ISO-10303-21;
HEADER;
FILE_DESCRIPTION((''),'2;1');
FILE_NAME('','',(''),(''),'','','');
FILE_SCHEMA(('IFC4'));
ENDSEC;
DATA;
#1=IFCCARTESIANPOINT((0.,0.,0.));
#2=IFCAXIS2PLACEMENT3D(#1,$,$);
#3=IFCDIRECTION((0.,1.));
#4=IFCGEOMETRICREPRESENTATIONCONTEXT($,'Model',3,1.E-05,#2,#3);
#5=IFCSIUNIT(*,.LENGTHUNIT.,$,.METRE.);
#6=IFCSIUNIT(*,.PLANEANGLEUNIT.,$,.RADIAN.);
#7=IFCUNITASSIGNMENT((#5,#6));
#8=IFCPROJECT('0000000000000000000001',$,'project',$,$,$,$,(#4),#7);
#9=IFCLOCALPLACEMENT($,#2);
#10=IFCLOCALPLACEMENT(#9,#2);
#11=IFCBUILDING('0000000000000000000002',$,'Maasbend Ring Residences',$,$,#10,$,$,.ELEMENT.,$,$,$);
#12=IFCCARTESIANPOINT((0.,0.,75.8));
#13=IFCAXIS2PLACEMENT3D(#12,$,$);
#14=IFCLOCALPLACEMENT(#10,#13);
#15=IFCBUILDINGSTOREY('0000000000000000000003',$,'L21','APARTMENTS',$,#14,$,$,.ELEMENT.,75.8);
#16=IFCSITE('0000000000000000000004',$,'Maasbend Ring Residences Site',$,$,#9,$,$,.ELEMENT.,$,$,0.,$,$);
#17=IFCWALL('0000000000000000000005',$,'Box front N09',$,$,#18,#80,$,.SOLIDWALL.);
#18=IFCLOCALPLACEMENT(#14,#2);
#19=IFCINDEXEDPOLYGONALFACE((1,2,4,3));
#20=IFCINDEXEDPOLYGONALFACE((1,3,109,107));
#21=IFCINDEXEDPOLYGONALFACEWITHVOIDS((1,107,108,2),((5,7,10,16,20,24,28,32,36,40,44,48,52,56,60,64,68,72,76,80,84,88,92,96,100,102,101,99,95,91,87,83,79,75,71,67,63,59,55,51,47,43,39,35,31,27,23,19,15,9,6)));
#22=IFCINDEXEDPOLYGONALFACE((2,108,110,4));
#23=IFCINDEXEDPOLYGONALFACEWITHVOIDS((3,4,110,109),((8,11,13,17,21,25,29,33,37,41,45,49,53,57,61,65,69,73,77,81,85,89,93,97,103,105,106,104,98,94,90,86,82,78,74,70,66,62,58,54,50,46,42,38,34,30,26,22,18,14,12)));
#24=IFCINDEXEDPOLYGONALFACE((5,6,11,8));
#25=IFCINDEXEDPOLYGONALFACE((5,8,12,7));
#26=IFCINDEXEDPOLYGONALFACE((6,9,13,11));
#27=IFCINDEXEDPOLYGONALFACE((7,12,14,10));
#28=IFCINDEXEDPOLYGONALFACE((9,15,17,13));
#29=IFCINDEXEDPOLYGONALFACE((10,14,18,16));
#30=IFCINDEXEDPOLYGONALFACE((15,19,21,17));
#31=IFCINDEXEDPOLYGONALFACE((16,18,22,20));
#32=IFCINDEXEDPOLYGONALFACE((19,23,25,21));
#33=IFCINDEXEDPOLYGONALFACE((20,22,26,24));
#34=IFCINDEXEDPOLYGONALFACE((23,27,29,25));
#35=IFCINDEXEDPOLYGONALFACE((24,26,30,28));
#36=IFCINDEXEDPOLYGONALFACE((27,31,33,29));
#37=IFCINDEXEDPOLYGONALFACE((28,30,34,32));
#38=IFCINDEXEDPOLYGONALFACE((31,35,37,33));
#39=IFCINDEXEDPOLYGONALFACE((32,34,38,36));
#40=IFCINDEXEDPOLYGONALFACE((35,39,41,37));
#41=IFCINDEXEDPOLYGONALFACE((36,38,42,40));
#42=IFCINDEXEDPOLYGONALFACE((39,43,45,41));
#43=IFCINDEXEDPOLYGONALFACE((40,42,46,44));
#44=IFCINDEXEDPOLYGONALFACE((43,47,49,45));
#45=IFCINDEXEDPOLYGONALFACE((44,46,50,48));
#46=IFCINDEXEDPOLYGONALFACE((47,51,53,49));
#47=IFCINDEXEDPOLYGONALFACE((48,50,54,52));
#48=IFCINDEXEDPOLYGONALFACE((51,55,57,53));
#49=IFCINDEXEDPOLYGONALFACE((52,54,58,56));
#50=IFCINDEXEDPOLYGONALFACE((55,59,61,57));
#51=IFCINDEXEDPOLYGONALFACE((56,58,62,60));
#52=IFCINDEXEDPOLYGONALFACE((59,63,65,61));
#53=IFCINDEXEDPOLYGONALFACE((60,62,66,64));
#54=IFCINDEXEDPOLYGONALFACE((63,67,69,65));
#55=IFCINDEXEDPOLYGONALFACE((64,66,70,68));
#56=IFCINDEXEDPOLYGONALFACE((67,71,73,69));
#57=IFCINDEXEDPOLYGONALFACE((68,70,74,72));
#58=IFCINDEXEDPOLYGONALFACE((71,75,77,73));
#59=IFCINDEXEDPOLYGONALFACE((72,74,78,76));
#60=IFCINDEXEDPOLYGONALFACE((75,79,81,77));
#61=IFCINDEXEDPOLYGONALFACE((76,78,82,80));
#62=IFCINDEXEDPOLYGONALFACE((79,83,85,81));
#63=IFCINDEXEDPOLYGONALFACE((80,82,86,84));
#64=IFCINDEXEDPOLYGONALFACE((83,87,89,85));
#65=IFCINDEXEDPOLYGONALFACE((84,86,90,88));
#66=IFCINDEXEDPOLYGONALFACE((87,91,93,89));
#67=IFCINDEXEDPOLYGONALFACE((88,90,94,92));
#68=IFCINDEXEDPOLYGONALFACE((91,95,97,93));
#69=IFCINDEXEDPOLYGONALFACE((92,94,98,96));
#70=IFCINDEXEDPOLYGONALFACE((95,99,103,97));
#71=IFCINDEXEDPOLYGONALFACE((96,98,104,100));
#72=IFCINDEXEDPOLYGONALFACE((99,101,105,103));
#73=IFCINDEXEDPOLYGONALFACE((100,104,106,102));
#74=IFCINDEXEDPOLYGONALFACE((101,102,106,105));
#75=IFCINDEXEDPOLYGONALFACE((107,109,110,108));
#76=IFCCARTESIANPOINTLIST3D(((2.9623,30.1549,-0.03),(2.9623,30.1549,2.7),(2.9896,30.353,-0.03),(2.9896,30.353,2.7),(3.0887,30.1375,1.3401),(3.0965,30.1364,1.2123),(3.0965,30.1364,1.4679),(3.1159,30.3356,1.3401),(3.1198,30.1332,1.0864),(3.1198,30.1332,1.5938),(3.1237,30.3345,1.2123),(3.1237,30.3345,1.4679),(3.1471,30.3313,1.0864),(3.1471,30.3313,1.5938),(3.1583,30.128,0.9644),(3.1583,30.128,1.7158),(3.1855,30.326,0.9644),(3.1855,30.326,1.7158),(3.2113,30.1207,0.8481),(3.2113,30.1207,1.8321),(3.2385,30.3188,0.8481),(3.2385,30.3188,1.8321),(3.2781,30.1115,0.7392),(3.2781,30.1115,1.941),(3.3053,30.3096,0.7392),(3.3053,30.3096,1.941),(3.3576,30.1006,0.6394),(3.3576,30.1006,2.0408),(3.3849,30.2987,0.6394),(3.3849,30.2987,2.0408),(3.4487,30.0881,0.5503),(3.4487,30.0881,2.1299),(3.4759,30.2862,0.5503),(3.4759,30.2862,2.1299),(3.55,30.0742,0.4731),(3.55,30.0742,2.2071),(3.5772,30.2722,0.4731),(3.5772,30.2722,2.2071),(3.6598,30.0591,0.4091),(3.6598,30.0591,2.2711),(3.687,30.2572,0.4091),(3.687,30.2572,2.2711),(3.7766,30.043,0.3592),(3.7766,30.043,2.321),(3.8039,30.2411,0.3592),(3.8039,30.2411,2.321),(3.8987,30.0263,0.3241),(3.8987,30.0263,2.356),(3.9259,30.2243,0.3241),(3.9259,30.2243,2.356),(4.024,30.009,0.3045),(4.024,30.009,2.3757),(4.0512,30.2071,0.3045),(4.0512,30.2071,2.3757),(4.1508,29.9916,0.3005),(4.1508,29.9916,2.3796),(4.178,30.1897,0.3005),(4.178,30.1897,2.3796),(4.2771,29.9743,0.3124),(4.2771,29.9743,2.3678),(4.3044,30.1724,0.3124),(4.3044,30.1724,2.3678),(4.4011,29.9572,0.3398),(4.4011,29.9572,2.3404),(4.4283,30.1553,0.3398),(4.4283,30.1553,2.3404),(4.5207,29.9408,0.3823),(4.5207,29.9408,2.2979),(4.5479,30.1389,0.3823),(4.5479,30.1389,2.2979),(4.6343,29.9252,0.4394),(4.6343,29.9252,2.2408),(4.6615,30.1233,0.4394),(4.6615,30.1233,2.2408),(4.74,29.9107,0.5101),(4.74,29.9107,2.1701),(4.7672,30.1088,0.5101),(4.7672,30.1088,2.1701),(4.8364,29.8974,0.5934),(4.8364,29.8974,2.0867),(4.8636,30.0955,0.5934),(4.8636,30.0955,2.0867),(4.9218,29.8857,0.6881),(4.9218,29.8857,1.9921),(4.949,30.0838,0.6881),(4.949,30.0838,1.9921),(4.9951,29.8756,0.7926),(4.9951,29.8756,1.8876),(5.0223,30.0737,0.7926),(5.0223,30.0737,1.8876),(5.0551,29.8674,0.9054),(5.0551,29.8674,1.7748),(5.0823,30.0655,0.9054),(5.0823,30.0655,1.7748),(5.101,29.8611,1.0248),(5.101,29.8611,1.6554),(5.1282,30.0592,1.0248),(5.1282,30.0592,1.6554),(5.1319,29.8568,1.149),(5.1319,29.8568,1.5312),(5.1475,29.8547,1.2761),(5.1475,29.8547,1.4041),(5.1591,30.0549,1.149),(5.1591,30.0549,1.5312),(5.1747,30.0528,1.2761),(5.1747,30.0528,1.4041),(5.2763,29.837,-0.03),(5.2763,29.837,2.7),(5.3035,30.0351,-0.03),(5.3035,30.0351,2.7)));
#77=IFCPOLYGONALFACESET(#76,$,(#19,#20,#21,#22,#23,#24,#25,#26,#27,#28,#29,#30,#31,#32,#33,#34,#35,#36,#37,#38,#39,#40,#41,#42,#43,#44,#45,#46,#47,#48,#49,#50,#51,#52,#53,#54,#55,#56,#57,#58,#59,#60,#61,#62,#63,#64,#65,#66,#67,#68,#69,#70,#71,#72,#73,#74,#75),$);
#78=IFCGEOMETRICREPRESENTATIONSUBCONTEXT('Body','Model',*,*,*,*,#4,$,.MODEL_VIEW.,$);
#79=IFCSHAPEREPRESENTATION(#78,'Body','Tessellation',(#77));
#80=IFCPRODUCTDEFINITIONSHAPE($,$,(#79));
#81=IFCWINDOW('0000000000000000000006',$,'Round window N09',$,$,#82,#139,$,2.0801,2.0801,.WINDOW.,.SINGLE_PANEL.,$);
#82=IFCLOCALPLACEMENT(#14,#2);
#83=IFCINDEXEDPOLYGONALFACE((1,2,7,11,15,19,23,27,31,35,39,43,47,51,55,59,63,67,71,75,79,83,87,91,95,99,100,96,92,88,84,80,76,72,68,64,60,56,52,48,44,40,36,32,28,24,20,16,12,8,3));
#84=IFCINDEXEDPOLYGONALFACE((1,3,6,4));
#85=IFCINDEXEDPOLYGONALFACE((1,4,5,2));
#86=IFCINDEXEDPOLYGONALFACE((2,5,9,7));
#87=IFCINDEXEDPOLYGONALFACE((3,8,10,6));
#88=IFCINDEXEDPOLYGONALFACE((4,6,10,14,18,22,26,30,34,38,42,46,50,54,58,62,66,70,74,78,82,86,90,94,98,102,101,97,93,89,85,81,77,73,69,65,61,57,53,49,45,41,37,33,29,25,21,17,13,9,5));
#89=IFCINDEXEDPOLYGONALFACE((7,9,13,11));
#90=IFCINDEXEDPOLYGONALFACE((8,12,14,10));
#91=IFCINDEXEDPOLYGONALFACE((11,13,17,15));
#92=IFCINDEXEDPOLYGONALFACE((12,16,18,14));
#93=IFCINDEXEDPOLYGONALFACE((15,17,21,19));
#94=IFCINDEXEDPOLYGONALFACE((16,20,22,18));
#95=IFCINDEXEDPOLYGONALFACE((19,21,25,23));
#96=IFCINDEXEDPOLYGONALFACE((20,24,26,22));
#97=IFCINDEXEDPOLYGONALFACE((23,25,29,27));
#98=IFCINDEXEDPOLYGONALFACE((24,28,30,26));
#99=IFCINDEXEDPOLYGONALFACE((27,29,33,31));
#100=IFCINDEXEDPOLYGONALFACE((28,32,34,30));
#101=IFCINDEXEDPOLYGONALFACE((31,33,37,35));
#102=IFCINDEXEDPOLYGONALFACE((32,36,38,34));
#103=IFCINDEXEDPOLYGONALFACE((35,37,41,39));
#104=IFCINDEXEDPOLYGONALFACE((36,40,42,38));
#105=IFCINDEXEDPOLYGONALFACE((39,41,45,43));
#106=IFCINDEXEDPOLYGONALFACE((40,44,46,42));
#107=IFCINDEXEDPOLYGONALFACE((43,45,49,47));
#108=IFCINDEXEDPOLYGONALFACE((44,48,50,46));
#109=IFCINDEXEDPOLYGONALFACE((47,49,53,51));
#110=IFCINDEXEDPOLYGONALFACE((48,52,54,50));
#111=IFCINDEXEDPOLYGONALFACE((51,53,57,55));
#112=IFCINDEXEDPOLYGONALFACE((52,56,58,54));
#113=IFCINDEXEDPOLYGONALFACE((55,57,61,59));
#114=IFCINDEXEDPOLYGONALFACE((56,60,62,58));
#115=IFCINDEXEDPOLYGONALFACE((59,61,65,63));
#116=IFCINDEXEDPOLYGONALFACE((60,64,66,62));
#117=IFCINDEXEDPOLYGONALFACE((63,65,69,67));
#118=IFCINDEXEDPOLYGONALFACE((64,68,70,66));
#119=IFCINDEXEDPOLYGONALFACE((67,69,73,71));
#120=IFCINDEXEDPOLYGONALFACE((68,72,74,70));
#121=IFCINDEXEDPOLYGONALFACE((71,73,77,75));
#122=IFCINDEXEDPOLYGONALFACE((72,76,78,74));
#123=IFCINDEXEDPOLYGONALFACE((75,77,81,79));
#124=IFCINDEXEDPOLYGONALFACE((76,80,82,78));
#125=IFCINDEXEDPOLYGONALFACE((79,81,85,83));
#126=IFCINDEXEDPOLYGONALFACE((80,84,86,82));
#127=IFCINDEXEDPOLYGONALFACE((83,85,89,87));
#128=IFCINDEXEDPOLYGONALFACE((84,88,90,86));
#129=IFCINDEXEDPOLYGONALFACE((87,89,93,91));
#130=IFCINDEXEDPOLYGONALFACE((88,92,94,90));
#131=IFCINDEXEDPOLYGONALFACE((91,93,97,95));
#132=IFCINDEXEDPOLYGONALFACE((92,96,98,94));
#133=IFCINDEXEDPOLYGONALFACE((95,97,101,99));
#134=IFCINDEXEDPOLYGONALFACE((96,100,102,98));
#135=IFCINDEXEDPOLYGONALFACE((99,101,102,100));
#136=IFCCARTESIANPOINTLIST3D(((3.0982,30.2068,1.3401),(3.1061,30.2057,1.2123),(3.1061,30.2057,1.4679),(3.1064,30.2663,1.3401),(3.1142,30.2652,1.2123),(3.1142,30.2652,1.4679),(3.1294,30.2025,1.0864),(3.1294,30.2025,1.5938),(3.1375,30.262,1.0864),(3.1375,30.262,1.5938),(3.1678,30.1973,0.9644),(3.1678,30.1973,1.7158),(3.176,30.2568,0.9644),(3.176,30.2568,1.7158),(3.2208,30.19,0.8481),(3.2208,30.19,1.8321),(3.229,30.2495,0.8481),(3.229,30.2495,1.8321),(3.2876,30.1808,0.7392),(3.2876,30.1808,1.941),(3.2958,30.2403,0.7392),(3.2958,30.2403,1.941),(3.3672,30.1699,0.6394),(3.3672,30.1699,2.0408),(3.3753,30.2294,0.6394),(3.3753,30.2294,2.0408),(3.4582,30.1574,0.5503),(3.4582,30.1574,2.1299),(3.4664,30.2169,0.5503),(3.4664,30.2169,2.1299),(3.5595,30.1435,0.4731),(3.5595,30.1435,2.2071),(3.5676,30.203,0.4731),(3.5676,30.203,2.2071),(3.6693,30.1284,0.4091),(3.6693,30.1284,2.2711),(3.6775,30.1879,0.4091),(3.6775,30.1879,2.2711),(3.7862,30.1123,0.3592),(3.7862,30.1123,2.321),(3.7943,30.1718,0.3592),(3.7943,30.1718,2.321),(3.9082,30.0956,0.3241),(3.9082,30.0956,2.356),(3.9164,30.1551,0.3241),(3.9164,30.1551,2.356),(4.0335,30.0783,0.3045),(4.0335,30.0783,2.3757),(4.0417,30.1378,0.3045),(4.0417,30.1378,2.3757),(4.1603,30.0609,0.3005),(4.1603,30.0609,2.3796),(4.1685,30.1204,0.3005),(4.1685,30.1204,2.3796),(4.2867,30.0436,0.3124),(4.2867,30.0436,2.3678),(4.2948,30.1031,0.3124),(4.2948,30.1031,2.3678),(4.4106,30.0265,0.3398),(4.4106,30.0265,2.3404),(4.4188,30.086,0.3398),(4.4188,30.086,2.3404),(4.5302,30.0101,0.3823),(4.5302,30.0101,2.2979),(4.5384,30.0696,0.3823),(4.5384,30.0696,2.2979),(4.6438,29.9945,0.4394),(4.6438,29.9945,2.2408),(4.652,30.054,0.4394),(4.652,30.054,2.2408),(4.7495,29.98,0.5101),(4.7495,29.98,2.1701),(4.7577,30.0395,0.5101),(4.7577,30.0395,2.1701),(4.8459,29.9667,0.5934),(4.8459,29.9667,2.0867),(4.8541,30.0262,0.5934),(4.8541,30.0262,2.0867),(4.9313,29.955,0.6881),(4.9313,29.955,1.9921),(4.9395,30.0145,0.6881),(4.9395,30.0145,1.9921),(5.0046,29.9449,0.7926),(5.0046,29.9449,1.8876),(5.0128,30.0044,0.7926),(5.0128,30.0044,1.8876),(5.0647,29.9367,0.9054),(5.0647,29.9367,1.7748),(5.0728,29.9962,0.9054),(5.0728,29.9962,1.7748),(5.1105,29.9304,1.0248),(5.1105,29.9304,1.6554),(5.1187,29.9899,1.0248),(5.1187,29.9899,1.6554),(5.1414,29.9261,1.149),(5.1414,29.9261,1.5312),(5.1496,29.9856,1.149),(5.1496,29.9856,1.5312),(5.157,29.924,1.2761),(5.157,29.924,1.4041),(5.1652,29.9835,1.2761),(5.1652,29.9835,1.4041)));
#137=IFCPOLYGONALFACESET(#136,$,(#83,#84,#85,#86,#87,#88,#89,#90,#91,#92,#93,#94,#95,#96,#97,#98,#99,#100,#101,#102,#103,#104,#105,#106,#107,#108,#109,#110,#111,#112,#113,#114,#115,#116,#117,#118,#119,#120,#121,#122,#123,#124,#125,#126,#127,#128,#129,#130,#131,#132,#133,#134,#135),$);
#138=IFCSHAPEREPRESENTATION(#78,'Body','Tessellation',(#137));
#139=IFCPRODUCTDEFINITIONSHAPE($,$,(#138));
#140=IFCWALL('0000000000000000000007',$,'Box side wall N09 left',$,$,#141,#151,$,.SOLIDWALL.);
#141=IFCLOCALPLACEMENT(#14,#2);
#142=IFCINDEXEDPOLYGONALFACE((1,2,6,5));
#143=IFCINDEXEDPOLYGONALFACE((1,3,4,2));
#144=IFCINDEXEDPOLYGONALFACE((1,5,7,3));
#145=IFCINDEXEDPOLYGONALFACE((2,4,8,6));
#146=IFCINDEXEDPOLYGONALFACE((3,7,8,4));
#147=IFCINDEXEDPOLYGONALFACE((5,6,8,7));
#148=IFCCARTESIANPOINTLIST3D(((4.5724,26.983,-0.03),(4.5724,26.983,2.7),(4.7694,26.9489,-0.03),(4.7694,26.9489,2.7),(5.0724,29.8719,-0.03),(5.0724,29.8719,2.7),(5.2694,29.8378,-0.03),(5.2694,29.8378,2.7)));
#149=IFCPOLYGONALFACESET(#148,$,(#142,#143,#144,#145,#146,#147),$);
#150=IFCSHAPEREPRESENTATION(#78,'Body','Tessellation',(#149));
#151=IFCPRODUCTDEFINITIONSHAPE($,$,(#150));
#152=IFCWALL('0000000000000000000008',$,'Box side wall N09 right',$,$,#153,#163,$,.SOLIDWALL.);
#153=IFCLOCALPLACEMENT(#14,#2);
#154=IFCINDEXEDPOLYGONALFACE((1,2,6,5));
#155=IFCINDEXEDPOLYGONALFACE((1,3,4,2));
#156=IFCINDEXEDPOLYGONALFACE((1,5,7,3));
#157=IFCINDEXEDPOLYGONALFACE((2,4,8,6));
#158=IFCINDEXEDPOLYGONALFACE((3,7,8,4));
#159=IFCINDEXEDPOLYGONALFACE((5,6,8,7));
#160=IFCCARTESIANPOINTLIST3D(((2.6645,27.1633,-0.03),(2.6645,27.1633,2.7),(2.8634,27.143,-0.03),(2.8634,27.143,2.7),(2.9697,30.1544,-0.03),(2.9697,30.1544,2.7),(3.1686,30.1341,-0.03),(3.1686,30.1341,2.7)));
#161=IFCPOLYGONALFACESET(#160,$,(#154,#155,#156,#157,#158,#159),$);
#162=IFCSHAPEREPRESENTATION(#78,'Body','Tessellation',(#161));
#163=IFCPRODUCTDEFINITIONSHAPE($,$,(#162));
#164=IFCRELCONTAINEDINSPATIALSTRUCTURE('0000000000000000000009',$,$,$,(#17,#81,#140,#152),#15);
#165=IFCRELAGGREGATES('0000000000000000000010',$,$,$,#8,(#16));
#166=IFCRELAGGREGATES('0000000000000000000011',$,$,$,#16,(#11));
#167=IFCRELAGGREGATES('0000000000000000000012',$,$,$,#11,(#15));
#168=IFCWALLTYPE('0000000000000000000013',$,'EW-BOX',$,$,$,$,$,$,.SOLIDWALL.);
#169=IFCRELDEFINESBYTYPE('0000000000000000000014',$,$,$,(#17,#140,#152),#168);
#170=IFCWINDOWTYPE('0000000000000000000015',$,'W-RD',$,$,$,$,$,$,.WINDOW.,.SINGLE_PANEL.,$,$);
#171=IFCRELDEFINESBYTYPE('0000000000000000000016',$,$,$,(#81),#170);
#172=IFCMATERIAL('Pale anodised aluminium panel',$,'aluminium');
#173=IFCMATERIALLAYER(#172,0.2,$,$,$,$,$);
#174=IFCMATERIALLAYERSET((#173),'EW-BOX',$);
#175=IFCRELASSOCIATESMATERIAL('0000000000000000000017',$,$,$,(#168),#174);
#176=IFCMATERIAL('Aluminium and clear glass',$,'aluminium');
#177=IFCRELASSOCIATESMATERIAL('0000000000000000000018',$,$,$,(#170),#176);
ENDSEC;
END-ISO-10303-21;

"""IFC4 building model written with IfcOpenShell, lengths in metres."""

from ifc_helpers import new_model, si_unit, direction, frame, frame_2d, origin, place, context, subcontext, project, spatial, rectangle, circle, extrude, material, layer, layer_set, type_object, element, fill, save


model = new_model("IFC4")

# Units and contexts
model_context = context("Model", 3, precision=1e-05, world=origin(), true_north=direction((0.0, 1.0)))
body_context = subcontext(model_context, "Body", "Model", "MODEL_VIEW")
ifc_project = project(units=[si_unit("LENGTHUNIT", "METRE"), si_unit("PLANEANGLEUNIT", "RADIAN")], contexts=[model_context])

# Site, building, storey
site_placement = place(None, origin())
site = spatial("IfcSite", under=ifc_project, at=site_placement, Name="Maasbend Ring Residences Site", CompositionType="ELEMENT", RefElevation=0.0)
building_placement = place(site_placement, origin())
building = spatial("IfcBuilding", under=site, at=building_placement, Name="Maasbend Ring Residences", CompositionType="ELEMENT")
storey_placement = place(building_placement, frame((0.0, 0.0, 75.8)))
storey = spatial("IfcBuildingStorey", under=building, at=storey_placement, Name="L21", Description="APARTMENTS", CompositionType="ELEMENT", Elevation=75.8)

# Shared definitions
ifc_material_1 = material(Name="Pale anodised aluminium panel", Category="aluminium")
ifc_layer_1 = layer(ifc_material_1, 0.2)
ifc_layer_set_1 = layer_set([ifc_layer_1], Name="EW-BOX")
wall_type_1 = type_object("IfcWallType", Name="EW-BOX", PredefinedType="SOLIDWALL", material=ifc_layer_set_1)

# Wall, opening, window
wall_1_placement = place(storey_placement, frame((5.29, 29.936, -0.03), z_axis=(0.0, 0.0, 1.0), x_axis=(-0.990696, 0.136093, 0.0)))
wall_1 = element("IfcWall", 1, at=wall_1_placement, inside=storey, type_object=wall_type_1, Name="Box front N09", PredefinedType="SOLIDWALL", context=body_context, shape_type="SweptSolid", body=[
    extrude(rectangle(XDim=2.3357, YDim=0.2, at=frame_2d((1.168, 0.0))), origin(), (0.0, 0.0, 1.0), 2.73),
])
opening_1_placement = place(wall_1_placement, frame((0.1282, 0.0, 0.3301)))
opening_1 = element("IfcOpeningElement", 2, at=opening_1_placement, cuts=wall_1, PredefinedType="OPENING", context=body_context, shape_type="SweptSolid", body=[
    extrude(circle(Radius=1.04, at=frame_2d((1.04, 1.04))), frame((0.0, 0.1099, 0.0), z_axis=(0.0, -1.0, 0.0), x_axis=(1.0, 0.0, 0.0)), (0.0, 0.0, 1.0), 0.22),
])
ifc_material_2 = material(Name="Aluminium and clear glass", Category="aluminium")
window_type_1 = type_object("IfcWindowType", Name="W-RD", PartitioningType="SINGLE_PANEL", PredefinedType="WINDOW", material=ifc_material_2)
window_1_placement = place(opening_1_placement, origin())
window_1 = element("IfcWindow", 3, at=window_1_placement, inside=storey, type_object=window_type_1, Name="Round window N09", OverallHeight=2.0801, OverallWidth=2.0801, PartitioningType="SINGLE_PANEL", PredefinedType="WINDOW", context=body_context, shape_type="SweptSolid", body=[
    extrude(circle(Radius=1.04, at=frame_2d((1.04, 1.04))), frame((0.0, 0.03, 0.0), z_axis=(0.0, -1.0, 0.0), x_axis=(1.0, 0.0, 0.0)), (0.0, 0.0, 1.0), 0.0601),
])
fill(opening_1, window_1)

# Walls
wall_2_placement = place(storey_placement, frame((4.6709, 26.9661, -0.03), z_axis=(0.0, 0.0, 1.0), x_axis=(0.17054, 0.985351, 0.0)))
element("IfcWall", 4, at=wall_2_placement, inside=storey, type_object=wall_type_1, Name="Box side wall N09 left", PredefinedType="SOLIDWALL", context=body_context, shape_type="SweptSolid", body=[
    extrude(rectangle(XDim=2.9319, YDim=0.2, at=frame_2d((1.4658, 0.0))), origin(), (0.0, 0.0, 1.0), 2.73),
])
wall_3_placement = place(storey_placement, frame((2.7639, 27.1531, -0.03), z_axis=(0.0, 0.0, 1.0), x_axis=(0.101505, 0.994835, 0.0)))
element("IfcWall", 5, at=wall_3_placement, inside=storey, type_object=wall_type_1, Name="Box side wall N09 right", PredefinedType="SOLIDWALL", context=body_context, shape_type="SweptSolid", body=[
    extrude(rectangle(XDim=3.0066, YDim=0.2, at=frame_2d((1.5034, 0.0))), origin(), (0.0, 0.0, 1.0), 2.73),
])

save(model, "model.ifc")
